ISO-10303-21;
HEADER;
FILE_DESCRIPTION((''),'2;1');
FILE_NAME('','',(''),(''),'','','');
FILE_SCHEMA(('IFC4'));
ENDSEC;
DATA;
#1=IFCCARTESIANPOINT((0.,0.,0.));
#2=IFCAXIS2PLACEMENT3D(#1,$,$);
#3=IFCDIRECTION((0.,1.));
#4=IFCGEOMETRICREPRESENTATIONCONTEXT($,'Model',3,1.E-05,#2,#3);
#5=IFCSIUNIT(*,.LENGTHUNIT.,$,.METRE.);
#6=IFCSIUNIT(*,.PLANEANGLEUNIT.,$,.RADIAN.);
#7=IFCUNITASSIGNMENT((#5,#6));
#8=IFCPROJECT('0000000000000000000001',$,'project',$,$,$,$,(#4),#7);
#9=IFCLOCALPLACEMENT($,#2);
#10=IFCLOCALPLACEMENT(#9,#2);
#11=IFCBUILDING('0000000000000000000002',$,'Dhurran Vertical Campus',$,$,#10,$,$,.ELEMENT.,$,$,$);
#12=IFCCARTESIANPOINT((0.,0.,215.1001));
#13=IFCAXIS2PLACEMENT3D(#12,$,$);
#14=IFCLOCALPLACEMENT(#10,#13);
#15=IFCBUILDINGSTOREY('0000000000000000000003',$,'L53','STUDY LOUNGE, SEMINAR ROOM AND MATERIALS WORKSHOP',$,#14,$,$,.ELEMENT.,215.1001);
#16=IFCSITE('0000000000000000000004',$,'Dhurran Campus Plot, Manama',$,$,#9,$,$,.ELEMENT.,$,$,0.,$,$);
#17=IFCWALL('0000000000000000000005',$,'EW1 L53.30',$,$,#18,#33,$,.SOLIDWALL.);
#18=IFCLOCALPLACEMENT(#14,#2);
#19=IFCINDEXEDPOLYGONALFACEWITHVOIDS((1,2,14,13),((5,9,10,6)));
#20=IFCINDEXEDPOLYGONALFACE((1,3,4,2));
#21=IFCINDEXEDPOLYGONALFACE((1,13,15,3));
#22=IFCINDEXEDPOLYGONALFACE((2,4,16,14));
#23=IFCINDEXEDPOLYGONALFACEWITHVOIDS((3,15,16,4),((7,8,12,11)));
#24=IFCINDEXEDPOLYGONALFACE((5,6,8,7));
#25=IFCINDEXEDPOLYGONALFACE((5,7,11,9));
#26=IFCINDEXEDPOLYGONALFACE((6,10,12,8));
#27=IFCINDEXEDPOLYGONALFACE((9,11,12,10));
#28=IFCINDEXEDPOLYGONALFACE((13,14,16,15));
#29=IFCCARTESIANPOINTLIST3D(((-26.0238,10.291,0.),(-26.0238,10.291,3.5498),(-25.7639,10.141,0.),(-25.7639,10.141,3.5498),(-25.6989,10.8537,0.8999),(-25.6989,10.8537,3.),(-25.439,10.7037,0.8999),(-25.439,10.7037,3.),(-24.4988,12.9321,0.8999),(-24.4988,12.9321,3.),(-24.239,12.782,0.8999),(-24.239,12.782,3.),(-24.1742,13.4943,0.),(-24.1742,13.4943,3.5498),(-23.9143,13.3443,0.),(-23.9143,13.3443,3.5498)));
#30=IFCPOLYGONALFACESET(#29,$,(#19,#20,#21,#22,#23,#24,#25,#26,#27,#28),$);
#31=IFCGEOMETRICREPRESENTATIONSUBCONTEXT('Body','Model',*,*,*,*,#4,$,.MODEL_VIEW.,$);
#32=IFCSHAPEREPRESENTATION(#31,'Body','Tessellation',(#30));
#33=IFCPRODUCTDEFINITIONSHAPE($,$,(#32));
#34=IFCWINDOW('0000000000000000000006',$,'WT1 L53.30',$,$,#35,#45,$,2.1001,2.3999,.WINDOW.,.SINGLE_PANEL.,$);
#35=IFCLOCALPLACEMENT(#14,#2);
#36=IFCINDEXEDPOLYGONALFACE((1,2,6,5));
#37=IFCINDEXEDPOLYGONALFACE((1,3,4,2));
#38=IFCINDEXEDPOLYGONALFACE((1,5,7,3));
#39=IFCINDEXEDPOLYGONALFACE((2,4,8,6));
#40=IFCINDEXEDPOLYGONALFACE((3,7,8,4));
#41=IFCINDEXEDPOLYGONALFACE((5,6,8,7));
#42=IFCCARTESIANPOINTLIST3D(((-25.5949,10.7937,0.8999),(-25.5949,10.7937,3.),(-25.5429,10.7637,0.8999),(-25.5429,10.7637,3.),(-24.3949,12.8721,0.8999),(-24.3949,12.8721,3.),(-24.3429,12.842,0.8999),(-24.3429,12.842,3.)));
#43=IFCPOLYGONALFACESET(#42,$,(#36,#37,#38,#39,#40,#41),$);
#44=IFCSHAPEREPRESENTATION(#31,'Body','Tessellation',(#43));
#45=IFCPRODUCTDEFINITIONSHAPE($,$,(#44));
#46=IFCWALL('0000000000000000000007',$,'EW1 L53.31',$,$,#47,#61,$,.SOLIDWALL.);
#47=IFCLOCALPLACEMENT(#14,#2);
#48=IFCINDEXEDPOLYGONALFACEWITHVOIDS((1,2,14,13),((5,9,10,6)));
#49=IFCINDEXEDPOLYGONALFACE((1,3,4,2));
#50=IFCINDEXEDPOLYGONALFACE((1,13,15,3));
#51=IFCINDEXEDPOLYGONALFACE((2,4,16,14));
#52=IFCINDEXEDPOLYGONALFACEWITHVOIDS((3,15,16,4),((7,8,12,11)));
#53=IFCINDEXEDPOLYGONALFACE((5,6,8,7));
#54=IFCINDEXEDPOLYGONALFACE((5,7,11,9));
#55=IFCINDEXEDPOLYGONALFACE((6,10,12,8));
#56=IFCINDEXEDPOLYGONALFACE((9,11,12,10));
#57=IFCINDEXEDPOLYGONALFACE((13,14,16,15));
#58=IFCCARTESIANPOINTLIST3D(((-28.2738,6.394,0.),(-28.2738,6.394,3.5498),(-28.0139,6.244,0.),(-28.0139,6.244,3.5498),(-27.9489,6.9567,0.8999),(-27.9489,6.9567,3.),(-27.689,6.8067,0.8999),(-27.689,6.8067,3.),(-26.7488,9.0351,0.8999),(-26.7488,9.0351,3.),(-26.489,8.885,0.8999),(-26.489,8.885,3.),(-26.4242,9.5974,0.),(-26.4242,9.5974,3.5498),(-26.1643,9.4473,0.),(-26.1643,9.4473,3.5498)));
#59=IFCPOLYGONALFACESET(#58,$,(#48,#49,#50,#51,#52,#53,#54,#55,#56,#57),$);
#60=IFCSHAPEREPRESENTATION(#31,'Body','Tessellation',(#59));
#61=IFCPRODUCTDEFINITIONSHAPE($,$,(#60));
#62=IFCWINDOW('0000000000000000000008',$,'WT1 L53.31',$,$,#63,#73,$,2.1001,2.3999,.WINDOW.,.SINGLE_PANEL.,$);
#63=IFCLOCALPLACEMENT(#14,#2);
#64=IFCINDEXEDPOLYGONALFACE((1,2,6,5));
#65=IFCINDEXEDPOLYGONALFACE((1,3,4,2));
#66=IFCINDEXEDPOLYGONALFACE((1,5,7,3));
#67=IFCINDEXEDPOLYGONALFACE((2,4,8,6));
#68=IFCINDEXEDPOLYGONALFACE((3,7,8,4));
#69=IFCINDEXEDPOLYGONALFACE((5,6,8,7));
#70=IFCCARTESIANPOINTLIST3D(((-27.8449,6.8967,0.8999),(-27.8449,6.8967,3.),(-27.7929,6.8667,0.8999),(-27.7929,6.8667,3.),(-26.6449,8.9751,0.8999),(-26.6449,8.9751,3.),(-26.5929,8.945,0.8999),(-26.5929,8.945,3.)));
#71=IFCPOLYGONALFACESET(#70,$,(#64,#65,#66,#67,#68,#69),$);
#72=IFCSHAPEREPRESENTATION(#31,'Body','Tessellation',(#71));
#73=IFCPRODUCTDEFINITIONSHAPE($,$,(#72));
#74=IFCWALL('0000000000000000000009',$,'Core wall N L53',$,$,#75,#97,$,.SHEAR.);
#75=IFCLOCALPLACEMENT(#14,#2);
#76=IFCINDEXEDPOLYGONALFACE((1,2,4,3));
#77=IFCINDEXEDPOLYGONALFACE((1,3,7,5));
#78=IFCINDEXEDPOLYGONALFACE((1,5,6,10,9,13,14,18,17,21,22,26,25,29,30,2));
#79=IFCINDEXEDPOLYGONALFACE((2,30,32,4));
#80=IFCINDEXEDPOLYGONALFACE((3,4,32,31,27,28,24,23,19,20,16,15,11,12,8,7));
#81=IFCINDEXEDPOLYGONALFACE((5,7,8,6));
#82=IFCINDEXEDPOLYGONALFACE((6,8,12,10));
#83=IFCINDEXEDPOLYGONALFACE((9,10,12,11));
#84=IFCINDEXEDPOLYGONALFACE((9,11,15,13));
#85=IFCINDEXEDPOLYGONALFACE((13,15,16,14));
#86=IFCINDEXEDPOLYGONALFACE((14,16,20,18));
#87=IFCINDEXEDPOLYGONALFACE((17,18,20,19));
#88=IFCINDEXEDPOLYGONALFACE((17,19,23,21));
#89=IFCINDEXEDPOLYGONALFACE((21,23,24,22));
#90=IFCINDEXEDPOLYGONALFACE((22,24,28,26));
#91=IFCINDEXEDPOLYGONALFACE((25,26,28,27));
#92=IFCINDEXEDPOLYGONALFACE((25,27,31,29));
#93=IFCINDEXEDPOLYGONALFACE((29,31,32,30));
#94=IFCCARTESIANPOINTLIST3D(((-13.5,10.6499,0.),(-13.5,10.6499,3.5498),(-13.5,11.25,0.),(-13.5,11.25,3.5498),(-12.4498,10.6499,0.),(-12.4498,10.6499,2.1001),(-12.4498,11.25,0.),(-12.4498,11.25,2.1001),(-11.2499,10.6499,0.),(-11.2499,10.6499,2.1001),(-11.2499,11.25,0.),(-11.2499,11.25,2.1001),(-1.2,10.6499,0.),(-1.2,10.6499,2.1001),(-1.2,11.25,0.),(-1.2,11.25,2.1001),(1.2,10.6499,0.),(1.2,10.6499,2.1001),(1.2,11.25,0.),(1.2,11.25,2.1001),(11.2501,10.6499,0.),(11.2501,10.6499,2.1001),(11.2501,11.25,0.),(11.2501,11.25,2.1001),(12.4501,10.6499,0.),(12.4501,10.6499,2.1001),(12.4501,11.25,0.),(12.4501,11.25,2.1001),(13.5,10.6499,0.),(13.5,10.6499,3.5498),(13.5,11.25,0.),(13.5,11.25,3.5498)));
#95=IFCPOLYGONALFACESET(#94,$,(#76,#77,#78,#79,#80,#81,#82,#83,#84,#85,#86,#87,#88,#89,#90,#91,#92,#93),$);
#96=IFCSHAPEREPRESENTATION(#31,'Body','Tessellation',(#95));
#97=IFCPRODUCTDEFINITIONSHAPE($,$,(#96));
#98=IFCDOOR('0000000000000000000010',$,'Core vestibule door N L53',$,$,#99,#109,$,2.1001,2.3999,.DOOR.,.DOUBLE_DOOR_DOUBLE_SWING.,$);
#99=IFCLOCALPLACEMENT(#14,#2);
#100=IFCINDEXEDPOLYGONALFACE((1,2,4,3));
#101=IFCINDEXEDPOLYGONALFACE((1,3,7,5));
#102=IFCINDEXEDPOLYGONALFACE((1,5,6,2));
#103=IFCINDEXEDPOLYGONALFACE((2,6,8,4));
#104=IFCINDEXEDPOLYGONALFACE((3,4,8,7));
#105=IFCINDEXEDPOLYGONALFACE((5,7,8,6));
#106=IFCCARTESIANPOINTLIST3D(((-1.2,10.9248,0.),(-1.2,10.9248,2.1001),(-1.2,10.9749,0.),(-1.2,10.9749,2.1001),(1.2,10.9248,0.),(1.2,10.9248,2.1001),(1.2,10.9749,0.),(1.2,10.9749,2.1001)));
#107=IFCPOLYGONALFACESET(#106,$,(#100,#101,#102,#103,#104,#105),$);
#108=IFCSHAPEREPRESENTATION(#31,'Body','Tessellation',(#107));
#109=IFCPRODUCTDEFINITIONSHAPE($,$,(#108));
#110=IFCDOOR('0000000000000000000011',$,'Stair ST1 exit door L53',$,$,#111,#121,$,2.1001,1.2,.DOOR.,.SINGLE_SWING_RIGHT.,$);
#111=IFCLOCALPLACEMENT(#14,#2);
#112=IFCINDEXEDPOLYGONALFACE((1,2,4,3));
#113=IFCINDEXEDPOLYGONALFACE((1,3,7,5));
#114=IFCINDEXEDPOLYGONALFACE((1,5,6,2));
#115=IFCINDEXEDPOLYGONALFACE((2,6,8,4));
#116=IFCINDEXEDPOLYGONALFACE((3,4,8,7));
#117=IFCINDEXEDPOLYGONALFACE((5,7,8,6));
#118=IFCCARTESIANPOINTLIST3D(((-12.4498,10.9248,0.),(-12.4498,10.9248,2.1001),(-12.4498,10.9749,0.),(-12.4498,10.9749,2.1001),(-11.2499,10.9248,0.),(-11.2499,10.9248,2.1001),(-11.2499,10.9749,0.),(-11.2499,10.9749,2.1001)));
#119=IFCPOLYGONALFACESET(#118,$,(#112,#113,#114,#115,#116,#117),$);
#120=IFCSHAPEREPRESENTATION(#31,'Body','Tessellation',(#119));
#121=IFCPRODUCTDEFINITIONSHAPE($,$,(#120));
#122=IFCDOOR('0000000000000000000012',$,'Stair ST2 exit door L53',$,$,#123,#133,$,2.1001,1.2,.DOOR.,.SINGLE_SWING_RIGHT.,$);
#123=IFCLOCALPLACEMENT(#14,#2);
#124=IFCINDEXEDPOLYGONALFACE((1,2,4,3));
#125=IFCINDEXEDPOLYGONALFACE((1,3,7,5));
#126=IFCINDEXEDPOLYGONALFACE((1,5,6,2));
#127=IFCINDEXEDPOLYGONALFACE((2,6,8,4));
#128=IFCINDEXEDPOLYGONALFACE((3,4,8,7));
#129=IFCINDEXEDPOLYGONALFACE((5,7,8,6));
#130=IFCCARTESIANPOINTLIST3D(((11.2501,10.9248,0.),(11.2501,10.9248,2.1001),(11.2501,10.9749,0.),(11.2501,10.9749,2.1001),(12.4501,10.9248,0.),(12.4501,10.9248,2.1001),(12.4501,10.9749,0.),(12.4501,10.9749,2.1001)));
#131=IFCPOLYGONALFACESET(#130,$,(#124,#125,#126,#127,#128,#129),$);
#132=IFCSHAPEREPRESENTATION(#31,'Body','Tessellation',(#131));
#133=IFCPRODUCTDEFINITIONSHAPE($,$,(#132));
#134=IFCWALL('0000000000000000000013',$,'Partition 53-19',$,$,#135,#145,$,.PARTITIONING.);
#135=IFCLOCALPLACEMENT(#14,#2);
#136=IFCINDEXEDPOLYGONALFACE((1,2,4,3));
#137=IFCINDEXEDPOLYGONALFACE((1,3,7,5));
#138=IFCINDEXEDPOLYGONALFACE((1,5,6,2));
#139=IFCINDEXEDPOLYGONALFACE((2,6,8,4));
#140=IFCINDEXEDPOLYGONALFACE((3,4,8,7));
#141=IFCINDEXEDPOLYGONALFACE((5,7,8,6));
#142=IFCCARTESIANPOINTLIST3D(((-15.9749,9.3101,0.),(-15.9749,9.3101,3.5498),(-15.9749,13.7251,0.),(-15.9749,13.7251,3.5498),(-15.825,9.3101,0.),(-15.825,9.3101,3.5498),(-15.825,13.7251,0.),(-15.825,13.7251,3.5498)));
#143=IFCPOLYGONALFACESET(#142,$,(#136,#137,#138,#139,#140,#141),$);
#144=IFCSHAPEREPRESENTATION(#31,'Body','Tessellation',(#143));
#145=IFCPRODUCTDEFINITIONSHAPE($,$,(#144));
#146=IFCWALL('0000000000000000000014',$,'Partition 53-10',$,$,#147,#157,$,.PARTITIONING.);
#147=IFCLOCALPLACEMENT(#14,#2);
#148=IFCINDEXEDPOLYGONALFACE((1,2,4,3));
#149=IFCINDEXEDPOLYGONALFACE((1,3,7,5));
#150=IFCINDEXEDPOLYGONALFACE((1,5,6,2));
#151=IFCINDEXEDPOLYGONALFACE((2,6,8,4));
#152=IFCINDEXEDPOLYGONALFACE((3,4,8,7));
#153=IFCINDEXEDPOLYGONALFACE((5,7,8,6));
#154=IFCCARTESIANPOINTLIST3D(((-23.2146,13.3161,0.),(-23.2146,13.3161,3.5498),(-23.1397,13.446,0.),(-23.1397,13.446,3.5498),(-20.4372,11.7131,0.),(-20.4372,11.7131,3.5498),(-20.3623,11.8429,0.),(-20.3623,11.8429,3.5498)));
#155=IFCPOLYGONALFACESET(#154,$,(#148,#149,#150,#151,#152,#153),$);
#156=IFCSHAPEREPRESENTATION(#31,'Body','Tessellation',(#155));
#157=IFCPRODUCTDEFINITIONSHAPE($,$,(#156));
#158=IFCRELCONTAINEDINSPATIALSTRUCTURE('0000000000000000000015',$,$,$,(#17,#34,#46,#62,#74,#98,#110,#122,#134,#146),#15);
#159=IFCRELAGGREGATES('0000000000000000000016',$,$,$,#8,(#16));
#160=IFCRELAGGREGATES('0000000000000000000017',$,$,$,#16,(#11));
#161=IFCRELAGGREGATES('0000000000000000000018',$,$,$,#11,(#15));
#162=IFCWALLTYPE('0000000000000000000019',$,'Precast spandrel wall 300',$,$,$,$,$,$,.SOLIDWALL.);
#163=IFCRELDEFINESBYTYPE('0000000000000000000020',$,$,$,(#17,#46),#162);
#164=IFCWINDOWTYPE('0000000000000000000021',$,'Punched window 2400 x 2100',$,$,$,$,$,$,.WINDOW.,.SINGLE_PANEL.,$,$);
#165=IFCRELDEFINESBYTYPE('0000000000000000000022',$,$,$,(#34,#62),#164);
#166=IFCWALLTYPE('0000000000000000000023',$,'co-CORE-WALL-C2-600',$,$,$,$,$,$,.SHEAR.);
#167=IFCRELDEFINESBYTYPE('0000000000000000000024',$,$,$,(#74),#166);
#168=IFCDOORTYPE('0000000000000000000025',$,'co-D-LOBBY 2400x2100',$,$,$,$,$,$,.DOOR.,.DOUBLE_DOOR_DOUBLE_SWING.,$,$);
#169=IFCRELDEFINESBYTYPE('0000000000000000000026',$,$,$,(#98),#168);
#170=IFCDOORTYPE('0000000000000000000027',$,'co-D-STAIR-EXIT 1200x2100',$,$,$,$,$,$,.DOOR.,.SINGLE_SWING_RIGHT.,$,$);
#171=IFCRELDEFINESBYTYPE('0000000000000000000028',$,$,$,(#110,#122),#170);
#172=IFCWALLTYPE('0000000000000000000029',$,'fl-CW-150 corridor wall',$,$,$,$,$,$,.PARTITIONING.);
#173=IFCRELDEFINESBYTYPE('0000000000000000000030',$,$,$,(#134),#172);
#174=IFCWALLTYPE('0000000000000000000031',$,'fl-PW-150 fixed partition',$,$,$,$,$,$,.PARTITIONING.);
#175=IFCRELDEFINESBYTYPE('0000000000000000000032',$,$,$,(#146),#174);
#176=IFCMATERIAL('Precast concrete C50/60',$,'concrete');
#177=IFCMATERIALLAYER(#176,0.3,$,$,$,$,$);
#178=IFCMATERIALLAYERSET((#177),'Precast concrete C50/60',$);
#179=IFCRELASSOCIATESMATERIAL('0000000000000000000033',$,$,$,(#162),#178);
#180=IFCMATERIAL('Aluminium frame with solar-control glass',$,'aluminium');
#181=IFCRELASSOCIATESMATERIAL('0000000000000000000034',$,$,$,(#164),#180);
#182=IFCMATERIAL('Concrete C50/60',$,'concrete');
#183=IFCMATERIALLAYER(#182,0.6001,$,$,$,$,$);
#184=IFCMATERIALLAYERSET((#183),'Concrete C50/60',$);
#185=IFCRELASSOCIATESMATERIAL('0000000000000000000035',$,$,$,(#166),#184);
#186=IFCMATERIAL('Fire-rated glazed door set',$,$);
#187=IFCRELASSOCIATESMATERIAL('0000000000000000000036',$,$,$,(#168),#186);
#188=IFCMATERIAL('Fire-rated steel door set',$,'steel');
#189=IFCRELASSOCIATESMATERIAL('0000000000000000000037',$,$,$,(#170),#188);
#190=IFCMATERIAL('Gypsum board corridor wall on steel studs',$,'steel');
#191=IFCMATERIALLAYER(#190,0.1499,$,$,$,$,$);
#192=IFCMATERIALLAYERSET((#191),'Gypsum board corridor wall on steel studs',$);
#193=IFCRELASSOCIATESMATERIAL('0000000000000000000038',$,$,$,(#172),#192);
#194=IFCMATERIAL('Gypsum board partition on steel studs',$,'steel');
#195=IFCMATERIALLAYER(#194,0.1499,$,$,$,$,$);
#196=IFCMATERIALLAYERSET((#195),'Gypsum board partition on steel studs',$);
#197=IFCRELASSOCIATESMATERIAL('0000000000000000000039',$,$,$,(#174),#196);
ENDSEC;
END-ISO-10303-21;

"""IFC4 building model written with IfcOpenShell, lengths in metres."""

from ifc_helpers import new_model, si_unit, direction, frame, frame_2d, origin, place, context, subcontext, project, spatial, rectangle, extrude, material, layer, layer_set, type_object, element, fill, save


model = new_model("IFC4")

# Units and contexts
model_context = context("Model", 3, precision=1e-05, world=origin(), true_north=direction((0.0, 1.0)))
body_context = subcontext(model_context, "Body", "Model", "MODEL_VIEW")
ifc_project = project(units=[si_unit("LENGTHUNIT", "METRE"), si_unit("PLANEANGLEUNIT", "RADIAN")], contexts=[model_context])

# Site, building, storey
site_placement = place(None, origin())
site = spatial("IfcSite", under=ifc_project, at=site_placement, Name="Dhurran Campus Plot, Manama", CompositionType="ELEMENT", RefElevation=0.0)
building_placement = place(site_placement, origin())
building = spatial("IfcBuilding", under=site, at=building_placement, Name="Dhurran Vertical Campus", CompositionType="ELEMENT")
storey_placement = place(building_placement, frame((0.0, 0.0, 215.1001)))
storey = spatial("IfcBuildingStorey", under=building, at=storey_placement, Name="L53", Description="STUDY LOUNGE, SEMINAR ROOM AND MATERIALS WORKSHOP", CompositionType="ELEMENT", Elevation=215.1001)

# Walls, openings, windows
ifc_material_1 = material(Name="Precast concrete C50/60", Category="concrete")
ifc_layer_1 = layer(ifc_material_1, 0.3)
ifc_layer_set_1 = layer_set([ifc_layer_1], Name="Precast concrete C50/60")
wall_type_1 = type_object("IfcWallType", Name="Precast spandrel wall 300", PredefinedType="SOLIDWALL", material=ifc_layer_set_1)
ifc_material_2 = material(Name="Aluminium frame with solar-control glass", Category="aluminium")
window_type = type_object("IfcWindowType", Name="Punched window 2400 x 2100", PartitioningType="SINGLE_PANEL", PredefinedType="WINDOW", material=ifc_material_2)
wall_1_placement = place(storey_placement, frame((-24.0442, 13.4194, 0.0), z_axis=(0.0, 0.0, 1.0), x_axis=(-0.500029, -0.866009, 0.0)))
wall_1 = element("IfcWall", 1, at=wall_1_placement, inside=storey, type_object=wall_type_1, Name="EW1 L53.30", PredefinedType="SOLIDWALL", context=body_context, shape_type="SweptSolid", body=[
    extrude(rectangle(XDim=3.699, YDim=0.3, at=frame_2d((1.8496, 0.0))), origin(), (0.0, 0.0, 1.0), 3.5498),
])
opening_1_placement = place(wall_1_placement, frame((0.6494, 0.0, 0.8999)))
opening_1 = element("IfcOpeningElement", 2, at=opening_1_placement, cuts=wall_1, PredefinedType="OPENING", context=body_context, shape_type="SweptSolid", body=[
    extrude(rectangle(XDim=2.3999, YDim=2.1001, at=frame_2d((1.2, 1.05))), frame((0.0, 0.1599, 0.0), z_axis=(0.0, -1.0, 0.0), x_axis=(1.0, 0.0, 0.0)), (0.0, 0.0, 1.0), 0.3201),
])
window_1_placement = place(opening_1_placement, origin())
window_1 = element("IfcWindow", 3, at=window_1_placement, inside=storey, type_object=window_type, Name="WT1 L53.30", OverallHeight=2.1001, OverallWidth=2.3999, PartitioningType="SINGLE_PANEL", PredefinedType="WINDOW", context=body_context, shape_type="SweptSolid", body=[
    extrude(rectangle(XDim=2.3999, YDim=2.1001, at=frame_2d((1.2, 1.05))), frame((0.0, 0.03, 0.0), z_axis=(0.0, -1.0, 0.0), x_axis=(1.0, 0.0, 0.0)), (0.0, 0.0, 1.0), 0.0601),
])
fill(opening_1, window_1)
wall_2_placement = place(storey_placement, frame((-26.2942, 9.5225, 0.0), z_axis=(0.0, 0.0, 1.0), x_axis=(-0.500029, -0.866009, 0.0)))
wall_2 = element("IfcWall", 4, at=wall_2_placement, inside=storey, type_object=wall_type_1, Name="EW1 L53.31", PredefinedType="SOLIDWALL", context=body_context, shape_type="SweptSolid", body=[
    extrude(rectangle(XDim=3.699, YDim=0.3, at=frame_2d((1.8496, 0.0))), origin(), (0.0, 0.0, 1.0), 3.5498),
])
opening_2_placement = place(wall_2_placement, frame((0.6494, 0.0, 0.8999)))
opening_2 = element("IfcOpeningElement", 5, at=opening_2_placement, cuts=wall_2, PredefinedType="OPENING", context=body_context, shape_type="SweptSolid", body=[
    extrude(rectangle(XDim=2.3999, YDim=2.1001, at=frame_2d((1.2, 1.05))), frame((0.0, 0.1599, 0.0), z_axis=(0.0, -1.0, 0.0), x_axis=(1.0, 0.0, 0.0)), (0.0, 0.0, 1.0), 0.3201),
])
window_2_placement = place(opening_2_placement, origin())
window_2 = element("IfcWindow", 6, at=window_2_placement, inside=storey, type_object=window_type, Name="WT1 L53.31", OverallHeight=2.1001, OverallWidth=2.3999, PartitioningType="SINGLE_PANEL", PredefinedType="WINDOW", context=body_context, shape_type="SweptSolid", body=[
    extrude(rectangle(XDim=2.3999, YDim=2.1001, at=frame_2d((1.2, 1.05))), frame((0.0, 0.03, 0.0), z_axis=(0.0, -1.0, 0.0), x_axis=(1.0, 0.0, 0.0)), (0.0, 0.0, 1.0), 0.0601),
])
fill(opening_2, window_2)

# Wall, openings, doors
ifc_material_3 = material(Name="Concrete C50/60", Category="concrete")
ifc_layer_2 = layer(ifc_material_3, 0.6001)
ifc_layer_set_2 = layer_set([ifc_layer_2], Name="Concrete C50/60")
wall_type_2 = type_object("IfcWallType", Name="co-CORE-WALL-C2-600", PredefinedType="SHEAR", material=ifc_layer_set_2)
wall_3_placement = place(storey_placement, frame((-13.5, 10.95, 0.0), z_axis=(0.0, 0.0, 1.0), x_axis=(1.0, 0.0, 0.0)))
wall_3 = element("IfcWall", 7, at=wall_3_placement, inside=storey, type_object=wall_type_2, Name="Core wall N L53", PredefinedType="SHEAR", context=body_context, shape_type="SweptSolid", body=[
    extrude(rectangle(XDim=27.0, YDim=0.6001, at=frame_2d((13.5, 0.0))), origin(), (0.0, 0.0, 1.0), 3.5498),
])
opening_3_placement = place(wall_3_placement, frame((12.3, 0.0, 0.0)))
opening_3 = element("IfcOpeningElement", 8, at=opening_3_placement, cuts=wall_3, PredefinedType="OPENING", context=body_context, shape_type="SweptSolid", body=[
    extrude(rectangle(XDim=2.3999, YDim=2.1001, at=frame_2d((1.2, 1.05))), frame((0.0, 0.3101, 0.0), z_axis=(0.0, -1.0, 0.0), x_axis=(1.0, 0.0, 0.0)), (0.0, 0.0, 1.0), 0.6201),
])
opening_4_placement = place(wall_3_placement, frame((1.05, 0.0, 0.0)))
opening_4 = element("IfcOpeningElement", 9, at=opening_4_placement, cuts=wall_3, PredefinedType="OPENING", context=body_context, shape_type="SweptSolid", body=[
    extrude(rectangle(XDim=1.2, YDim=2.1001, at=frame_2d((0.6001, 1.05))), frame((0.0, 0.3101, 0.0), z_axis=(0.0, -1.0, 0.0), x_axis=(1.0, 0.0, 0.0)), (0.0, 0.0, 1.0), 0.6201),
])
opening_5_placement = place(wall_3_placement, frame((24.75, 0.0, 0.0)))
opening_5 = element("IfcOpeningElement", 10, at=opening_5_placement, cuts=wall_3, PredefinedType="OPENING", context=body_context, shape_type="SweptSolid", body=[
    extrude(rectangle(XDim=1.2, YDim=2.1001, at=frame_2d((0.6001, 1.05))), frame((0.0, 0.3101, 0.0), z_axis=(0.0, -1.0, 0.0), x_axis=(1.0, 0.0, 0.0)), (0.0, 0.0, 1.0), 0.6201),
])
ifc_material_4 = material(Name="Fire-rated glazed door set")
door_type_1 = type_object("IfcDoorType", Name="co-D-LOBBY 2400x2100", OperationType="DOUBLE_DOOR_DOUBLE_SWING", PredefinedType="DOOR", material=ifc_material_4)
door_1_placement = place(opening_3_placement, origin())
door_1 = element("IfcDoor", 11, at=door_1_placement, inside=storey, type_object=door_type_1, Name="Core vestibule door N L53", OperationType="DOUBLE_DOOR_DOUBLE_SWING", OverallHeight=2.1001, OverallWidth=2.3999, PredefinedType="DOOR", context=body_context, shape_type="SweptSolid", body=[
    extrude(rectangle(XDim=2.3999, YDim=2.1001, at=frame_2d((1.2, 1.05))), frame((0.0, 0.0249, 0.0), z_axis=(0.0, -1.0, 0.0), x_axis=(1.0, 0.0, 0.0)), (0.0, 0.0, 1.0), 0.05),
])
fill(opening_3, door_1)
ifc_material_5 = material(Name="Fire-rated steel door set", Category="steel")
door_type_2 = type_object("IfcDoorType", Name="co-D-STAIR-EXIT 1200x2100", OperationType="SINGLE_SWING_RIGHT", PredefinedType="DOOR", material=ifc_material_5)
door_2_placement = place(opening_4_placement, origin())
door_2 = element("IfcDoor", 12, at=door_2_placement, inside=storey, type_object=door_type_2, Name="Stair ST1 exit door L53", OperationType="SINGLE_SWING_RIGHT", OverallHeight=2.1001, OverallWidth=1.2, PredefinedType="DOOR", context=body_context, shape_type="SweptSolid", body=[
    extrude(rectangle(XDim=1.2, YDim=2.1001, at=frame_2d((0.6001, 1.05))), frame((0.0, 0.0249, 0.0), z_axis=(0.0, -1.0, 0.0), x_axis=(1.0, 0.0, 0.0)), (0.0, 0.0, 1.0), 0.05),
])
fill(opening_4, door_2)
door_3_placement = place(opening_5_placement, origin())
door_3 = element("IfcDoor", 13, at=door_3_placement, inside=storey, type_object=door_type_2, Name="Stair ST2 exit door L53", OperationType="SINGLE_SWING_RIGHT", OverallHeight=2.1001, OverallWidth=1.2, PredefinedType="DOOR", context=body_context, shape_type="SweptSolid", body=[
    extrude(rectangle(XDim=1.2, YDim=2.1001, at=frame_2d((0.6001, 1.05))), frame((0.0, 0.0249, 0.0), z_axis=(0.0, -1.0, 0.0), x_axis=(1.0, 0.0, 0.0)), (0.0, 0.0, 1.0), 0.05),
])
fill(opening_5, door_3)

# Walls
ifc_material_6 = material(Name="Gypsum board corridor wall on steel studs", Category="steel")
ifc_layer_3 = layer(ifc_material_6, 0.1499)
ifc_layer_set_3 = layer_set([ifc_layer_3], Name="Gypsum board corridor wall on steel studs")
wall_type_3 = type_object("IfcWallType", Name="fl-CW-150 corridor wall", PredefinedType="PARTITIONING", material=ifc_layer_set_3)
wall_4_placement = place(storey_placement, frame((-15.8999, 13.7251, 0.0), z_axis=(0.0, 0.0, 1.0), x_axis=(0.0, -1.0, 0.0)))
element("IfcWall", 14, at=wall_4_placement, inside=storey, type_object=wall_type_3, Name="Partition 53-19", PredefinedType="PARTITIONING", context=body_context, shape_type="SweptSolid", body=[
    extrude(rectangle(XDim=4.415, YDim=0.1499, at=frame_2d((2.2075, 0.0))), origin(), (0.0, 0.0, 1.0), 3.5498),
])
ifc_material_7 = material(Name="Gypsum board partition on steel studs", Category="steel")
ifc_layer_4 = layer(ifc_material_7, 0.1499)
ifc_layer_set_4 = layer_set([ifc_layer_4], Name="Gypsum board partition on steel studs")
wall_type_4 = type_object("IfcWallType", Name="fl-PW-150 fixed partition", PredefinedType="PARTITIONING", material=ifc_layer_set_4)
wall_5_placement = place(storey_placement, frame((-23.1772, 13.3811, 0.0), z_axis=(0.0, 0.0, 1.0), x_axis=(0.866089, -0.499889, 0.0)))
element("IfcWall", 15, at=wall_5_placement, inside=storey, type_object=wall_type_4, Name="Partition 53-10", PredefinedType="PARTITIONING", context=body_context, shape_type="SweptSolid", body=[
    extrude(rectangle(XDim=3.2068, YDim=0.1499, at=frame_2d((1.6035, 0.0))), origin(), (0.0, 0.0, 1.0), 3.5498),
])

save(model, "model.ifc")
